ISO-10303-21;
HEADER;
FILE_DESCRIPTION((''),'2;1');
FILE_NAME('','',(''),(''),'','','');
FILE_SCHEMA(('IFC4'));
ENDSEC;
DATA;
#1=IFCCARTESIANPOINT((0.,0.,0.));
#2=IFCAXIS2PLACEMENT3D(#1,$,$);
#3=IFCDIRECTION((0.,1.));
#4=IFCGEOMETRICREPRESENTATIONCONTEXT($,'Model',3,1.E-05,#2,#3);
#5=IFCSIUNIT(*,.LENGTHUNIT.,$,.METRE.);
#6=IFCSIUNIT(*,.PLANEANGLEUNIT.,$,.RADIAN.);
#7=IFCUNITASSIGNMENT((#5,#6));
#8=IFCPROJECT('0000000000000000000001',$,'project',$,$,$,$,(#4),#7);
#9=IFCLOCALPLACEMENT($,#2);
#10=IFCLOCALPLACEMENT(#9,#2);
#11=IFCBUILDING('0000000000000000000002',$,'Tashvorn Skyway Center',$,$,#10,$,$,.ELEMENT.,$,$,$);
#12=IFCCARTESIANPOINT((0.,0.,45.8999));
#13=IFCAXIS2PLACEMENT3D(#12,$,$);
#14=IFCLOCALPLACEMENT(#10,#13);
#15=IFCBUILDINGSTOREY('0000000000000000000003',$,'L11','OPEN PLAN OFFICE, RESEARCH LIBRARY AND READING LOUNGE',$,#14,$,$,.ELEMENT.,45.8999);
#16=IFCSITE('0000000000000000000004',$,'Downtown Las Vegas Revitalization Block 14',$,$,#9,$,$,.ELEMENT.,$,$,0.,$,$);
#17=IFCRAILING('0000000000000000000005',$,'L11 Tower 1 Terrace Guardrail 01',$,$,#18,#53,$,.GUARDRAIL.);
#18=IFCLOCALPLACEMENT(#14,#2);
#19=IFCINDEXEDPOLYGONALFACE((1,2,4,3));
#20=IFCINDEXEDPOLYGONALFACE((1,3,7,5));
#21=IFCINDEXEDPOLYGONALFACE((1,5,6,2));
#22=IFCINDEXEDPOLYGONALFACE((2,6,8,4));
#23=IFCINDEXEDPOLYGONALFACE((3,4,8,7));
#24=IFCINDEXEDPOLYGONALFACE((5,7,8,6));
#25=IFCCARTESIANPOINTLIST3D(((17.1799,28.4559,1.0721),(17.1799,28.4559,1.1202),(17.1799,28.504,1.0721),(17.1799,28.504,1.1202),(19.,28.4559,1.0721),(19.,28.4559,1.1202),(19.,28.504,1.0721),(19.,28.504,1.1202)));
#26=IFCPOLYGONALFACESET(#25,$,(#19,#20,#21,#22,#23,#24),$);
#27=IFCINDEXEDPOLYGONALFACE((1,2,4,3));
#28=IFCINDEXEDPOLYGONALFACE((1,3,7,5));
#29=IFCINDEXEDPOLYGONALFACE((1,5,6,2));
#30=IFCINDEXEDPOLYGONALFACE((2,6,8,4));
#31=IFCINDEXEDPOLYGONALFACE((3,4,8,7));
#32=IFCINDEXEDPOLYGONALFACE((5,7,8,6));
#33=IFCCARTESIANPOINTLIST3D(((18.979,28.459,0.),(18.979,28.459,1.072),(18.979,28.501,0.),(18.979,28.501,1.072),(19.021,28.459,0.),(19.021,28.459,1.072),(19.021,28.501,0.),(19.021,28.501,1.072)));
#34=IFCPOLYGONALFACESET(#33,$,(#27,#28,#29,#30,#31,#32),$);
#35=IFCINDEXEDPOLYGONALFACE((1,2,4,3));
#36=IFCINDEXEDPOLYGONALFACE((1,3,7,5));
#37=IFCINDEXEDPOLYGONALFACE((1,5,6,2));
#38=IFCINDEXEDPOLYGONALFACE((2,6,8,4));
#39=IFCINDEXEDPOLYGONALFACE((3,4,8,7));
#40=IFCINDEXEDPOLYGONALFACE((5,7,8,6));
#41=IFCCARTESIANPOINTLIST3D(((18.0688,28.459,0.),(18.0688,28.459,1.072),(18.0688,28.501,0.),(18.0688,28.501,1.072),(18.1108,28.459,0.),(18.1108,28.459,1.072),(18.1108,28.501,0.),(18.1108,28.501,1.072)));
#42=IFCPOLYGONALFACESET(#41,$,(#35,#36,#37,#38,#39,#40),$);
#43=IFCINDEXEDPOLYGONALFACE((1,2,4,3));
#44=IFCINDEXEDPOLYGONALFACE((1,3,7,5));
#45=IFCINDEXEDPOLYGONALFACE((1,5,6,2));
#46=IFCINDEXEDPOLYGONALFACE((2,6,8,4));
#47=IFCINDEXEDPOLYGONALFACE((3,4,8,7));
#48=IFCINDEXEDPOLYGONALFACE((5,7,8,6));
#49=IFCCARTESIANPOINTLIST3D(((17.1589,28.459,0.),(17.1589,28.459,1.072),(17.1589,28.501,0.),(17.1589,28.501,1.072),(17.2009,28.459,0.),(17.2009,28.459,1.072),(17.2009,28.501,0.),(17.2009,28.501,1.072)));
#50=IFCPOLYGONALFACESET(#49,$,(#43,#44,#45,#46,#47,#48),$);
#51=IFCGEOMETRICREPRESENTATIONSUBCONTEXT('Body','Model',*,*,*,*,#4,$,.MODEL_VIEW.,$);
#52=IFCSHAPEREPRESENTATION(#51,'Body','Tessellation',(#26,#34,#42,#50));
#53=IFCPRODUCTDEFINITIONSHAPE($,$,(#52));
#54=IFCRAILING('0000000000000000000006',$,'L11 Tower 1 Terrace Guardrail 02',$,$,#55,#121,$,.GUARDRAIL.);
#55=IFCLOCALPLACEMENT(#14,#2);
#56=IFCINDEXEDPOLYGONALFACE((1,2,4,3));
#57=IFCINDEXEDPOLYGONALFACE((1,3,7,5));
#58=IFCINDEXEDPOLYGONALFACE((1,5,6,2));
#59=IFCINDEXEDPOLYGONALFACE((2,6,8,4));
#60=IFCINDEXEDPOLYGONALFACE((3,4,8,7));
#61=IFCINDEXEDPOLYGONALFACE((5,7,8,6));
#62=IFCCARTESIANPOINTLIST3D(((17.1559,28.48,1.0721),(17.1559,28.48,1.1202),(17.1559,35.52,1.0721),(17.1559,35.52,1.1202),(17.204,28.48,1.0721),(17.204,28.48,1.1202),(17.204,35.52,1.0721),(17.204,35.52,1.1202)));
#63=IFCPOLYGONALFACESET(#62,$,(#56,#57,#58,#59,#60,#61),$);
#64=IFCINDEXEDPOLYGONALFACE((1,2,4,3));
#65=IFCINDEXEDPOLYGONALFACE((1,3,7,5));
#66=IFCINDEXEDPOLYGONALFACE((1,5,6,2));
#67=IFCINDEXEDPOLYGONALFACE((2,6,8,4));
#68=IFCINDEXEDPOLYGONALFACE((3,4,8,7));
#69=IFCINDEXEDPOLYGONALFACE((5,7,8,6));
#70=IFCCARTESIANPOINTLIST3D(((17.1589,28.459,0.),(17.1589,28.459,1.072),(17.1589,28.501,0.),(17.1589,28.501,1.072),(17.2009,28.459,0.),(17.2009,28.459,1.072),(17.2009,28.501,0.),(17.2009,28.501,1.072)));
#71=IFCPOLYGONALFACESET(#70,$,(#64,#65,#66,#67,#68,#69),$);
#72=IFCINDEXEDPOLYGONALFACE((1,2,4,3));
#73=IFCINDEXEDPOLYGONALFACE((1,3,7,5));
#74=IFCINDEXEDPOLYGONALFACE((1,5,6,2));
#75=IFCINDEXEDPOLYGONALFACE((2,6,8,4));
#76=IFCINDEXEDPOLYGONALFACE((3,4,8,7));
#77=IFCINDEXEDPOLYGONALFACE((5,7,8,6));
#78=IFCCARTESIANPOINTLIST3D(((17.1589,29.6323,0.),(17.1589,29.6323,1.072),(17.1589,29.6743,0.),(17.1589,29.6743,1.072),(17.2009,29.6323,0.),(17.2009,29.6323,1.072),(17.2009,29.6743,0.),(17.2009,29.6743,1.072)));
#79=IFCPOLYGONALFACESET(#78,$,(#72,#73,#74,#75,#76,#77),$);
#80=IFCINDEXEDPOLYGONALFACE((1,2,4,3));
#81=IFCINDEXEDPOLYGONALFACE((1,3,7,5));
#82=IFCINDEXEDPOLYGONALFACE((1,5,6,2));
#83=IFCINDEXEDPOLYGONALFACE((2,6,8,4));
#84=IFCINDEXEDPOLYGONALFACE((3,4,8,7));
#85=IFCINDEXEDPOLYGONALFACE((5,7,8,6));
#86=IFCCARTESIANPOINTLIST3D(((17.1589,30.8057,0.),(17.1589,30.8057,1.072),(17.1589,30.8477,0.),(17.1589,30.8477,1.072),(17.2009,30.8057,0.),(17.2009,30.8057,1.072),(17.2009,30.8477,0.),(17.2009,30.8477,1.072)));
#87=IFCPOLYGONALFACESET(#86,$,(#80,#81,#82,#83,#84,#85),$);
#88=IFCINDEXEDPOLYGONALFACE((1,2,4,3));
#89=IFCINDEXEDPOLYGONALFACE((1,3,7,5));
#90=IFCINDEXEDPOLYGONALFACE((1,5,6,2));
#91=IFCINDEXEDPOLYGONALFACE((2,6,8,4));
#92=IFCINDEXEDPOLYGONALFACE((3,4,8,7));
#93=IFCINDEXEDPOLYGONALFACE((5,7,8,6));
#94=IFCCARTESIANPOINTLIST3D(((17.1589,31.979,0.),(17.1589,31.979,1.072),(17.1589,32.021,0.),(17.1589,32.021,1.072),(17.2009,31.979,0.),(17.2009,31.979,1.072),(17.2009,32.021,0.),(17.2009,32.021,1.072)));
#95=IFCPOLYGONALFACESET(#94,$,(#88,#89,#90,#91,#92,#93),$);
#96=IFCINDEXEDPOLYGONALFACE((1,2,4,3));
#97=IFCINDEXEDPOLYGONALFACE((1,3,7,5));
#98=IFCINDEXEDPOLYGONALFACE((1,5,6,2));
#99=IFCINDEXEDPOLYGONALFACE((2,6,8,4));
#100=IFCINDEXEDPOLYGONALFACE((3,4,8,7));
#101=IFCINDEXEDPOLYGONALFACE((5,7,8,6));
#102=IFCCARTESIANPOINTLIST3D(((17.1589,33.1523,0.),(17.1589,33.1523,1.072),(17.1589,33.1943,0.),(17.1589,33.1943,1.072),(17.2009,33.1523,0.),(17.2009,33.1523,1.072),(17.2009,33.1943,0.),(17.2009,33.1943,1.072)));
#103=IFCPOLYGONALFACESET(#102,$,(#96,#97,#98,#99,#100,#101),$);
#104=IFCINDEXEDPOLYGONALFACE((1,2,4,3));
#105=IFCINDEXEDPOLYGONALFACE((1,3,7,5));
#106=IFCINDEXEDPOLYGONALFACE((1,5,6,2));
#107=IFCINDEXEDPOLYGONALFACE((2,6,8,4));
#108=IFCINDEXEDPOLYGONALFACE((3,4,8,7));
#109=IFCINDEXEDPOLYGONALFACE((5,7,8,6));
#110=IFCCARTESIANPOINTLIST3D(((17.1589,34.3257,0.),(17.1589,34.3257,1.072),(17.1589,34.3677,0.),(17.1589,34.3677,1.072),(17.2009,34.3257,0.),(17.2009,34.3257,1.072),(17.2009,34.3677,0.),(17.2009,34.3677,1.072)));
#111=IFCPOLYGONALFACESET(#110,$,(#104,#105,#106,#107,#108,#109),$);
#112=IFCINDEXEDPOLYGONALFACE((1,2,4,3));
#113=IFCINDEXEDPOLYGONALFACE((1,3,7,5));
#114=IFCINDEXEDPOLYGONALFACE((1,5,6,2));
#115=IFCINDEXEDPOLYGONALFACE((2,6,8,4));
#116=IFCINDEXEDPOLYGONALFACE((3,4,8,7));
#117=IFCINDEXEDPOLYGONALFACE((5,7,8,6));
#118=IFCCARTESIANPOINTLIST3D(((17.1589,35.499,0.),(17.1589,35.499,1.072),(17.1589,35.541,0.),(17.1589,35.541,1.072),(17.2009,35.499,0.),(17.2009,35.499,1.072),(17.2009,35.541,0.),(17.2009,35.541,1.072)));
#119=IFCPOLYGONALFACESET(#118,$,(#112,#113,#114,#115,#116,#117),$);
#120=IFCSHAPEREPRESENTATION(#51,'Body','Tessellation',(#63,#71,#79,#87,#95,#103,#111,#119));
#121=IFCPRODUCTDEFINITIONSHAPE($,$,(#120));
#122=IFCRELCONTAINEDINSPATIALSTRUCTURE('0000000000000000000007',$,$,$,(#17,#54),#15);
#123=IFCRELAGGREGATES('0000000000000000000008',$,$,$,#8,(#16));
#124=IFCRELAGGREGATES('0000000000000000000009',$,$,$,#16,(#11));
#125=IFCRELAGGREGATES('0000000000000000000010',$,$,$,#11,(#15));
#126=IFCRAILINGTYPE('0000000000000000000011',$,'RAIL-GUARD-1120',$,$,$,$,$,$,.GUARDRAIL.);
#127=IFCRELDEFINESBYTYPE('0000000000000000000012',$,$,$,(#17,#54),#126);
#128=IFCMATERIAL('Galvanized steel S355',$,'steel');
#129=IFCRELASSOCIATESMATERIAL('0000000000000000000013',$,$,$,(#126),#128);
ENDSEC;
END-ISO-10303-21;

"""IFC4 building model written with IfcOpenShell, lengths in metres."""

from ifc_helpers import new_model, si_unit, direction, frame, origin, origin_2d, place, context, subcontext, project, spatial, rectangle, extrude, material, type_object, element, save


model = new_model("IFC4")

# Units and contexts
model_context = context("Model", 3, precision=1e-05, world=origin(), true_north=direction((0.0, 1.0)))
body_context = subcontext(model_context, "Body", "Model", "MODEL_VIEW")
ifc_project = project(units=[si_unit("LENGTHUNIT", "METRE"), si_unit("PLANEANGLEUNIT", "RADIAN")], contexts=[model_context])

# Site, building, storey
site_placement = place(None, origin())
site = spatial("IfcSite", under=ifc_project, at=site_placement, Name="Downtown Las Vegas Revitalization Block 14", CompositionType="ELEMENT", RefElevation=0.0)
building_placement = place(site_placement, origin())
building = spatial("IfcBuilding", under=site, at=building_placement, Name="Tashvorn Skyway Center", CompositionType="ELEMENT")
storey_placement = place(building_placement, frame((0.0, 0.0, 45.8999)))
storey = spatial("IfcBuildingStorey", under=building, at=storey_placement, Name="L11", Description="OPEN PLAN OFFICE, RESEARCH LIBRARY AND READING LOUNGE", CompositionType="ELEMENT", Elevation=45.8999)

# Railings
ifc_material_1 = material(Name="Galvanized steel S355", Category="steel")
railing_type = type_object("IfcRailingType", Name="RAIL-GUARD-1120", PredefinedType="GUARDRAIL", material=ifc_material_1)
railing_1_placement = place(storey_placement, frame((19.0, 28.48, 0.0)))
element("IfcRailing", 1, at=railing_1_placement, inside=storey, type_object=railing_type, Name="L11 Tower 1 Terrace Guardrail 01", PredefinedType="GUARDRAIL", context=body_context, shape_type="SweptSolid", body=[
    extrude(rectangle(XDim=0.0481, YDim=0.0481, at=origin_2d()), frame((0.0, 0.0, 1.0962), z_axis=(-1.0, 0.0, 0.0), x_axis=(0.0, -1.0, 0.0)), (0.0, 0.0, 1.0), 1.8201),
    extrude(rectangle(XDim=0.042, YDim=0.042, at=origin_2d()), origin(), (0.0, 0.0, 1.0), 1.072),
    extrude(rectangle(XDim=0.042, YDim=0.042, at=origin_2d()), frame((-0.9102, 0.0, 0.0)), (0.0, 0.0, 1.0), 1.072),
    extrude(rectangle(XDim=0.042, YDim=0.042, at=origin_2d()), frame((-1.8201, 0.0, 0.0)), (0.0, 0.0, 1.0), 1.072),
])
railing_2_placement = place(storey_placement, frame((17.1799, 28.48, 0.0)))
element("IfcRailing", 2, at=railing_2_placement, inside=storey, type_object=railing_type, Name="L11 Tower 1 Terrace Guardrail 02", PredefinedType="GUARDRAIL", context=body_context, shape_type="SweptSolid", body=[
    extrude(rectangle(XDim=0.0481, YDim=0.0481, at=origin_2d()), frame((0.0, 0.0, 1.0962), z_axis=(0.0, 1.0, 0.0), x_axis=(-1.0, 0.0, 0.0)), (0.0, 0.0, 1.0), 7.04),
    extrude(rectangle(XDim=0.042, YDim=0.042, at=origin_2d()), origin(), (0.0, 0.0, 1.0), 1.072),
    extrude(rectangle(XDim=0.042, YDim=0.042, at=origin_2d()), frame((0.0, 1.1733, 0.0)), (0.0, 0.0, 1.0), 1.072),
    extrude(rectangle(XDim=0.042, YDim=0.042, at=origin_2d()), frame((0.0, 2.3467, 0.0)), (0.0, 0.0, 1.0), 1.072),
    extrude(rectangle(XDim=0.042, YDim=0.042, at=origin_2d()), frame((0.0, 3.52, 0.0)), (0.0, 0.0, 1.0), 1.072),
    extrude(rectangle(XDim=0.042, YDim=0.042, at=origin_2d()), frame((0.0, 4.6934, 0.0)), (0.0, 0.0, 1.0), 1.072),
    extrude(rectangle(XDim=0.042, YDim=0.042, at=origin_2d()), frame((0.0, 5.8667, 0.0)), (0.0, 0.0, 1.0), 1.072),
    extrude(rectangle(XDim=0.042, YDim=0.042, at=origin_2d()), frame((0.0, 7.04, 0.0)), (0.0, 0.0, 1.0), 1.072),
])

save(model, "model.ifc")
